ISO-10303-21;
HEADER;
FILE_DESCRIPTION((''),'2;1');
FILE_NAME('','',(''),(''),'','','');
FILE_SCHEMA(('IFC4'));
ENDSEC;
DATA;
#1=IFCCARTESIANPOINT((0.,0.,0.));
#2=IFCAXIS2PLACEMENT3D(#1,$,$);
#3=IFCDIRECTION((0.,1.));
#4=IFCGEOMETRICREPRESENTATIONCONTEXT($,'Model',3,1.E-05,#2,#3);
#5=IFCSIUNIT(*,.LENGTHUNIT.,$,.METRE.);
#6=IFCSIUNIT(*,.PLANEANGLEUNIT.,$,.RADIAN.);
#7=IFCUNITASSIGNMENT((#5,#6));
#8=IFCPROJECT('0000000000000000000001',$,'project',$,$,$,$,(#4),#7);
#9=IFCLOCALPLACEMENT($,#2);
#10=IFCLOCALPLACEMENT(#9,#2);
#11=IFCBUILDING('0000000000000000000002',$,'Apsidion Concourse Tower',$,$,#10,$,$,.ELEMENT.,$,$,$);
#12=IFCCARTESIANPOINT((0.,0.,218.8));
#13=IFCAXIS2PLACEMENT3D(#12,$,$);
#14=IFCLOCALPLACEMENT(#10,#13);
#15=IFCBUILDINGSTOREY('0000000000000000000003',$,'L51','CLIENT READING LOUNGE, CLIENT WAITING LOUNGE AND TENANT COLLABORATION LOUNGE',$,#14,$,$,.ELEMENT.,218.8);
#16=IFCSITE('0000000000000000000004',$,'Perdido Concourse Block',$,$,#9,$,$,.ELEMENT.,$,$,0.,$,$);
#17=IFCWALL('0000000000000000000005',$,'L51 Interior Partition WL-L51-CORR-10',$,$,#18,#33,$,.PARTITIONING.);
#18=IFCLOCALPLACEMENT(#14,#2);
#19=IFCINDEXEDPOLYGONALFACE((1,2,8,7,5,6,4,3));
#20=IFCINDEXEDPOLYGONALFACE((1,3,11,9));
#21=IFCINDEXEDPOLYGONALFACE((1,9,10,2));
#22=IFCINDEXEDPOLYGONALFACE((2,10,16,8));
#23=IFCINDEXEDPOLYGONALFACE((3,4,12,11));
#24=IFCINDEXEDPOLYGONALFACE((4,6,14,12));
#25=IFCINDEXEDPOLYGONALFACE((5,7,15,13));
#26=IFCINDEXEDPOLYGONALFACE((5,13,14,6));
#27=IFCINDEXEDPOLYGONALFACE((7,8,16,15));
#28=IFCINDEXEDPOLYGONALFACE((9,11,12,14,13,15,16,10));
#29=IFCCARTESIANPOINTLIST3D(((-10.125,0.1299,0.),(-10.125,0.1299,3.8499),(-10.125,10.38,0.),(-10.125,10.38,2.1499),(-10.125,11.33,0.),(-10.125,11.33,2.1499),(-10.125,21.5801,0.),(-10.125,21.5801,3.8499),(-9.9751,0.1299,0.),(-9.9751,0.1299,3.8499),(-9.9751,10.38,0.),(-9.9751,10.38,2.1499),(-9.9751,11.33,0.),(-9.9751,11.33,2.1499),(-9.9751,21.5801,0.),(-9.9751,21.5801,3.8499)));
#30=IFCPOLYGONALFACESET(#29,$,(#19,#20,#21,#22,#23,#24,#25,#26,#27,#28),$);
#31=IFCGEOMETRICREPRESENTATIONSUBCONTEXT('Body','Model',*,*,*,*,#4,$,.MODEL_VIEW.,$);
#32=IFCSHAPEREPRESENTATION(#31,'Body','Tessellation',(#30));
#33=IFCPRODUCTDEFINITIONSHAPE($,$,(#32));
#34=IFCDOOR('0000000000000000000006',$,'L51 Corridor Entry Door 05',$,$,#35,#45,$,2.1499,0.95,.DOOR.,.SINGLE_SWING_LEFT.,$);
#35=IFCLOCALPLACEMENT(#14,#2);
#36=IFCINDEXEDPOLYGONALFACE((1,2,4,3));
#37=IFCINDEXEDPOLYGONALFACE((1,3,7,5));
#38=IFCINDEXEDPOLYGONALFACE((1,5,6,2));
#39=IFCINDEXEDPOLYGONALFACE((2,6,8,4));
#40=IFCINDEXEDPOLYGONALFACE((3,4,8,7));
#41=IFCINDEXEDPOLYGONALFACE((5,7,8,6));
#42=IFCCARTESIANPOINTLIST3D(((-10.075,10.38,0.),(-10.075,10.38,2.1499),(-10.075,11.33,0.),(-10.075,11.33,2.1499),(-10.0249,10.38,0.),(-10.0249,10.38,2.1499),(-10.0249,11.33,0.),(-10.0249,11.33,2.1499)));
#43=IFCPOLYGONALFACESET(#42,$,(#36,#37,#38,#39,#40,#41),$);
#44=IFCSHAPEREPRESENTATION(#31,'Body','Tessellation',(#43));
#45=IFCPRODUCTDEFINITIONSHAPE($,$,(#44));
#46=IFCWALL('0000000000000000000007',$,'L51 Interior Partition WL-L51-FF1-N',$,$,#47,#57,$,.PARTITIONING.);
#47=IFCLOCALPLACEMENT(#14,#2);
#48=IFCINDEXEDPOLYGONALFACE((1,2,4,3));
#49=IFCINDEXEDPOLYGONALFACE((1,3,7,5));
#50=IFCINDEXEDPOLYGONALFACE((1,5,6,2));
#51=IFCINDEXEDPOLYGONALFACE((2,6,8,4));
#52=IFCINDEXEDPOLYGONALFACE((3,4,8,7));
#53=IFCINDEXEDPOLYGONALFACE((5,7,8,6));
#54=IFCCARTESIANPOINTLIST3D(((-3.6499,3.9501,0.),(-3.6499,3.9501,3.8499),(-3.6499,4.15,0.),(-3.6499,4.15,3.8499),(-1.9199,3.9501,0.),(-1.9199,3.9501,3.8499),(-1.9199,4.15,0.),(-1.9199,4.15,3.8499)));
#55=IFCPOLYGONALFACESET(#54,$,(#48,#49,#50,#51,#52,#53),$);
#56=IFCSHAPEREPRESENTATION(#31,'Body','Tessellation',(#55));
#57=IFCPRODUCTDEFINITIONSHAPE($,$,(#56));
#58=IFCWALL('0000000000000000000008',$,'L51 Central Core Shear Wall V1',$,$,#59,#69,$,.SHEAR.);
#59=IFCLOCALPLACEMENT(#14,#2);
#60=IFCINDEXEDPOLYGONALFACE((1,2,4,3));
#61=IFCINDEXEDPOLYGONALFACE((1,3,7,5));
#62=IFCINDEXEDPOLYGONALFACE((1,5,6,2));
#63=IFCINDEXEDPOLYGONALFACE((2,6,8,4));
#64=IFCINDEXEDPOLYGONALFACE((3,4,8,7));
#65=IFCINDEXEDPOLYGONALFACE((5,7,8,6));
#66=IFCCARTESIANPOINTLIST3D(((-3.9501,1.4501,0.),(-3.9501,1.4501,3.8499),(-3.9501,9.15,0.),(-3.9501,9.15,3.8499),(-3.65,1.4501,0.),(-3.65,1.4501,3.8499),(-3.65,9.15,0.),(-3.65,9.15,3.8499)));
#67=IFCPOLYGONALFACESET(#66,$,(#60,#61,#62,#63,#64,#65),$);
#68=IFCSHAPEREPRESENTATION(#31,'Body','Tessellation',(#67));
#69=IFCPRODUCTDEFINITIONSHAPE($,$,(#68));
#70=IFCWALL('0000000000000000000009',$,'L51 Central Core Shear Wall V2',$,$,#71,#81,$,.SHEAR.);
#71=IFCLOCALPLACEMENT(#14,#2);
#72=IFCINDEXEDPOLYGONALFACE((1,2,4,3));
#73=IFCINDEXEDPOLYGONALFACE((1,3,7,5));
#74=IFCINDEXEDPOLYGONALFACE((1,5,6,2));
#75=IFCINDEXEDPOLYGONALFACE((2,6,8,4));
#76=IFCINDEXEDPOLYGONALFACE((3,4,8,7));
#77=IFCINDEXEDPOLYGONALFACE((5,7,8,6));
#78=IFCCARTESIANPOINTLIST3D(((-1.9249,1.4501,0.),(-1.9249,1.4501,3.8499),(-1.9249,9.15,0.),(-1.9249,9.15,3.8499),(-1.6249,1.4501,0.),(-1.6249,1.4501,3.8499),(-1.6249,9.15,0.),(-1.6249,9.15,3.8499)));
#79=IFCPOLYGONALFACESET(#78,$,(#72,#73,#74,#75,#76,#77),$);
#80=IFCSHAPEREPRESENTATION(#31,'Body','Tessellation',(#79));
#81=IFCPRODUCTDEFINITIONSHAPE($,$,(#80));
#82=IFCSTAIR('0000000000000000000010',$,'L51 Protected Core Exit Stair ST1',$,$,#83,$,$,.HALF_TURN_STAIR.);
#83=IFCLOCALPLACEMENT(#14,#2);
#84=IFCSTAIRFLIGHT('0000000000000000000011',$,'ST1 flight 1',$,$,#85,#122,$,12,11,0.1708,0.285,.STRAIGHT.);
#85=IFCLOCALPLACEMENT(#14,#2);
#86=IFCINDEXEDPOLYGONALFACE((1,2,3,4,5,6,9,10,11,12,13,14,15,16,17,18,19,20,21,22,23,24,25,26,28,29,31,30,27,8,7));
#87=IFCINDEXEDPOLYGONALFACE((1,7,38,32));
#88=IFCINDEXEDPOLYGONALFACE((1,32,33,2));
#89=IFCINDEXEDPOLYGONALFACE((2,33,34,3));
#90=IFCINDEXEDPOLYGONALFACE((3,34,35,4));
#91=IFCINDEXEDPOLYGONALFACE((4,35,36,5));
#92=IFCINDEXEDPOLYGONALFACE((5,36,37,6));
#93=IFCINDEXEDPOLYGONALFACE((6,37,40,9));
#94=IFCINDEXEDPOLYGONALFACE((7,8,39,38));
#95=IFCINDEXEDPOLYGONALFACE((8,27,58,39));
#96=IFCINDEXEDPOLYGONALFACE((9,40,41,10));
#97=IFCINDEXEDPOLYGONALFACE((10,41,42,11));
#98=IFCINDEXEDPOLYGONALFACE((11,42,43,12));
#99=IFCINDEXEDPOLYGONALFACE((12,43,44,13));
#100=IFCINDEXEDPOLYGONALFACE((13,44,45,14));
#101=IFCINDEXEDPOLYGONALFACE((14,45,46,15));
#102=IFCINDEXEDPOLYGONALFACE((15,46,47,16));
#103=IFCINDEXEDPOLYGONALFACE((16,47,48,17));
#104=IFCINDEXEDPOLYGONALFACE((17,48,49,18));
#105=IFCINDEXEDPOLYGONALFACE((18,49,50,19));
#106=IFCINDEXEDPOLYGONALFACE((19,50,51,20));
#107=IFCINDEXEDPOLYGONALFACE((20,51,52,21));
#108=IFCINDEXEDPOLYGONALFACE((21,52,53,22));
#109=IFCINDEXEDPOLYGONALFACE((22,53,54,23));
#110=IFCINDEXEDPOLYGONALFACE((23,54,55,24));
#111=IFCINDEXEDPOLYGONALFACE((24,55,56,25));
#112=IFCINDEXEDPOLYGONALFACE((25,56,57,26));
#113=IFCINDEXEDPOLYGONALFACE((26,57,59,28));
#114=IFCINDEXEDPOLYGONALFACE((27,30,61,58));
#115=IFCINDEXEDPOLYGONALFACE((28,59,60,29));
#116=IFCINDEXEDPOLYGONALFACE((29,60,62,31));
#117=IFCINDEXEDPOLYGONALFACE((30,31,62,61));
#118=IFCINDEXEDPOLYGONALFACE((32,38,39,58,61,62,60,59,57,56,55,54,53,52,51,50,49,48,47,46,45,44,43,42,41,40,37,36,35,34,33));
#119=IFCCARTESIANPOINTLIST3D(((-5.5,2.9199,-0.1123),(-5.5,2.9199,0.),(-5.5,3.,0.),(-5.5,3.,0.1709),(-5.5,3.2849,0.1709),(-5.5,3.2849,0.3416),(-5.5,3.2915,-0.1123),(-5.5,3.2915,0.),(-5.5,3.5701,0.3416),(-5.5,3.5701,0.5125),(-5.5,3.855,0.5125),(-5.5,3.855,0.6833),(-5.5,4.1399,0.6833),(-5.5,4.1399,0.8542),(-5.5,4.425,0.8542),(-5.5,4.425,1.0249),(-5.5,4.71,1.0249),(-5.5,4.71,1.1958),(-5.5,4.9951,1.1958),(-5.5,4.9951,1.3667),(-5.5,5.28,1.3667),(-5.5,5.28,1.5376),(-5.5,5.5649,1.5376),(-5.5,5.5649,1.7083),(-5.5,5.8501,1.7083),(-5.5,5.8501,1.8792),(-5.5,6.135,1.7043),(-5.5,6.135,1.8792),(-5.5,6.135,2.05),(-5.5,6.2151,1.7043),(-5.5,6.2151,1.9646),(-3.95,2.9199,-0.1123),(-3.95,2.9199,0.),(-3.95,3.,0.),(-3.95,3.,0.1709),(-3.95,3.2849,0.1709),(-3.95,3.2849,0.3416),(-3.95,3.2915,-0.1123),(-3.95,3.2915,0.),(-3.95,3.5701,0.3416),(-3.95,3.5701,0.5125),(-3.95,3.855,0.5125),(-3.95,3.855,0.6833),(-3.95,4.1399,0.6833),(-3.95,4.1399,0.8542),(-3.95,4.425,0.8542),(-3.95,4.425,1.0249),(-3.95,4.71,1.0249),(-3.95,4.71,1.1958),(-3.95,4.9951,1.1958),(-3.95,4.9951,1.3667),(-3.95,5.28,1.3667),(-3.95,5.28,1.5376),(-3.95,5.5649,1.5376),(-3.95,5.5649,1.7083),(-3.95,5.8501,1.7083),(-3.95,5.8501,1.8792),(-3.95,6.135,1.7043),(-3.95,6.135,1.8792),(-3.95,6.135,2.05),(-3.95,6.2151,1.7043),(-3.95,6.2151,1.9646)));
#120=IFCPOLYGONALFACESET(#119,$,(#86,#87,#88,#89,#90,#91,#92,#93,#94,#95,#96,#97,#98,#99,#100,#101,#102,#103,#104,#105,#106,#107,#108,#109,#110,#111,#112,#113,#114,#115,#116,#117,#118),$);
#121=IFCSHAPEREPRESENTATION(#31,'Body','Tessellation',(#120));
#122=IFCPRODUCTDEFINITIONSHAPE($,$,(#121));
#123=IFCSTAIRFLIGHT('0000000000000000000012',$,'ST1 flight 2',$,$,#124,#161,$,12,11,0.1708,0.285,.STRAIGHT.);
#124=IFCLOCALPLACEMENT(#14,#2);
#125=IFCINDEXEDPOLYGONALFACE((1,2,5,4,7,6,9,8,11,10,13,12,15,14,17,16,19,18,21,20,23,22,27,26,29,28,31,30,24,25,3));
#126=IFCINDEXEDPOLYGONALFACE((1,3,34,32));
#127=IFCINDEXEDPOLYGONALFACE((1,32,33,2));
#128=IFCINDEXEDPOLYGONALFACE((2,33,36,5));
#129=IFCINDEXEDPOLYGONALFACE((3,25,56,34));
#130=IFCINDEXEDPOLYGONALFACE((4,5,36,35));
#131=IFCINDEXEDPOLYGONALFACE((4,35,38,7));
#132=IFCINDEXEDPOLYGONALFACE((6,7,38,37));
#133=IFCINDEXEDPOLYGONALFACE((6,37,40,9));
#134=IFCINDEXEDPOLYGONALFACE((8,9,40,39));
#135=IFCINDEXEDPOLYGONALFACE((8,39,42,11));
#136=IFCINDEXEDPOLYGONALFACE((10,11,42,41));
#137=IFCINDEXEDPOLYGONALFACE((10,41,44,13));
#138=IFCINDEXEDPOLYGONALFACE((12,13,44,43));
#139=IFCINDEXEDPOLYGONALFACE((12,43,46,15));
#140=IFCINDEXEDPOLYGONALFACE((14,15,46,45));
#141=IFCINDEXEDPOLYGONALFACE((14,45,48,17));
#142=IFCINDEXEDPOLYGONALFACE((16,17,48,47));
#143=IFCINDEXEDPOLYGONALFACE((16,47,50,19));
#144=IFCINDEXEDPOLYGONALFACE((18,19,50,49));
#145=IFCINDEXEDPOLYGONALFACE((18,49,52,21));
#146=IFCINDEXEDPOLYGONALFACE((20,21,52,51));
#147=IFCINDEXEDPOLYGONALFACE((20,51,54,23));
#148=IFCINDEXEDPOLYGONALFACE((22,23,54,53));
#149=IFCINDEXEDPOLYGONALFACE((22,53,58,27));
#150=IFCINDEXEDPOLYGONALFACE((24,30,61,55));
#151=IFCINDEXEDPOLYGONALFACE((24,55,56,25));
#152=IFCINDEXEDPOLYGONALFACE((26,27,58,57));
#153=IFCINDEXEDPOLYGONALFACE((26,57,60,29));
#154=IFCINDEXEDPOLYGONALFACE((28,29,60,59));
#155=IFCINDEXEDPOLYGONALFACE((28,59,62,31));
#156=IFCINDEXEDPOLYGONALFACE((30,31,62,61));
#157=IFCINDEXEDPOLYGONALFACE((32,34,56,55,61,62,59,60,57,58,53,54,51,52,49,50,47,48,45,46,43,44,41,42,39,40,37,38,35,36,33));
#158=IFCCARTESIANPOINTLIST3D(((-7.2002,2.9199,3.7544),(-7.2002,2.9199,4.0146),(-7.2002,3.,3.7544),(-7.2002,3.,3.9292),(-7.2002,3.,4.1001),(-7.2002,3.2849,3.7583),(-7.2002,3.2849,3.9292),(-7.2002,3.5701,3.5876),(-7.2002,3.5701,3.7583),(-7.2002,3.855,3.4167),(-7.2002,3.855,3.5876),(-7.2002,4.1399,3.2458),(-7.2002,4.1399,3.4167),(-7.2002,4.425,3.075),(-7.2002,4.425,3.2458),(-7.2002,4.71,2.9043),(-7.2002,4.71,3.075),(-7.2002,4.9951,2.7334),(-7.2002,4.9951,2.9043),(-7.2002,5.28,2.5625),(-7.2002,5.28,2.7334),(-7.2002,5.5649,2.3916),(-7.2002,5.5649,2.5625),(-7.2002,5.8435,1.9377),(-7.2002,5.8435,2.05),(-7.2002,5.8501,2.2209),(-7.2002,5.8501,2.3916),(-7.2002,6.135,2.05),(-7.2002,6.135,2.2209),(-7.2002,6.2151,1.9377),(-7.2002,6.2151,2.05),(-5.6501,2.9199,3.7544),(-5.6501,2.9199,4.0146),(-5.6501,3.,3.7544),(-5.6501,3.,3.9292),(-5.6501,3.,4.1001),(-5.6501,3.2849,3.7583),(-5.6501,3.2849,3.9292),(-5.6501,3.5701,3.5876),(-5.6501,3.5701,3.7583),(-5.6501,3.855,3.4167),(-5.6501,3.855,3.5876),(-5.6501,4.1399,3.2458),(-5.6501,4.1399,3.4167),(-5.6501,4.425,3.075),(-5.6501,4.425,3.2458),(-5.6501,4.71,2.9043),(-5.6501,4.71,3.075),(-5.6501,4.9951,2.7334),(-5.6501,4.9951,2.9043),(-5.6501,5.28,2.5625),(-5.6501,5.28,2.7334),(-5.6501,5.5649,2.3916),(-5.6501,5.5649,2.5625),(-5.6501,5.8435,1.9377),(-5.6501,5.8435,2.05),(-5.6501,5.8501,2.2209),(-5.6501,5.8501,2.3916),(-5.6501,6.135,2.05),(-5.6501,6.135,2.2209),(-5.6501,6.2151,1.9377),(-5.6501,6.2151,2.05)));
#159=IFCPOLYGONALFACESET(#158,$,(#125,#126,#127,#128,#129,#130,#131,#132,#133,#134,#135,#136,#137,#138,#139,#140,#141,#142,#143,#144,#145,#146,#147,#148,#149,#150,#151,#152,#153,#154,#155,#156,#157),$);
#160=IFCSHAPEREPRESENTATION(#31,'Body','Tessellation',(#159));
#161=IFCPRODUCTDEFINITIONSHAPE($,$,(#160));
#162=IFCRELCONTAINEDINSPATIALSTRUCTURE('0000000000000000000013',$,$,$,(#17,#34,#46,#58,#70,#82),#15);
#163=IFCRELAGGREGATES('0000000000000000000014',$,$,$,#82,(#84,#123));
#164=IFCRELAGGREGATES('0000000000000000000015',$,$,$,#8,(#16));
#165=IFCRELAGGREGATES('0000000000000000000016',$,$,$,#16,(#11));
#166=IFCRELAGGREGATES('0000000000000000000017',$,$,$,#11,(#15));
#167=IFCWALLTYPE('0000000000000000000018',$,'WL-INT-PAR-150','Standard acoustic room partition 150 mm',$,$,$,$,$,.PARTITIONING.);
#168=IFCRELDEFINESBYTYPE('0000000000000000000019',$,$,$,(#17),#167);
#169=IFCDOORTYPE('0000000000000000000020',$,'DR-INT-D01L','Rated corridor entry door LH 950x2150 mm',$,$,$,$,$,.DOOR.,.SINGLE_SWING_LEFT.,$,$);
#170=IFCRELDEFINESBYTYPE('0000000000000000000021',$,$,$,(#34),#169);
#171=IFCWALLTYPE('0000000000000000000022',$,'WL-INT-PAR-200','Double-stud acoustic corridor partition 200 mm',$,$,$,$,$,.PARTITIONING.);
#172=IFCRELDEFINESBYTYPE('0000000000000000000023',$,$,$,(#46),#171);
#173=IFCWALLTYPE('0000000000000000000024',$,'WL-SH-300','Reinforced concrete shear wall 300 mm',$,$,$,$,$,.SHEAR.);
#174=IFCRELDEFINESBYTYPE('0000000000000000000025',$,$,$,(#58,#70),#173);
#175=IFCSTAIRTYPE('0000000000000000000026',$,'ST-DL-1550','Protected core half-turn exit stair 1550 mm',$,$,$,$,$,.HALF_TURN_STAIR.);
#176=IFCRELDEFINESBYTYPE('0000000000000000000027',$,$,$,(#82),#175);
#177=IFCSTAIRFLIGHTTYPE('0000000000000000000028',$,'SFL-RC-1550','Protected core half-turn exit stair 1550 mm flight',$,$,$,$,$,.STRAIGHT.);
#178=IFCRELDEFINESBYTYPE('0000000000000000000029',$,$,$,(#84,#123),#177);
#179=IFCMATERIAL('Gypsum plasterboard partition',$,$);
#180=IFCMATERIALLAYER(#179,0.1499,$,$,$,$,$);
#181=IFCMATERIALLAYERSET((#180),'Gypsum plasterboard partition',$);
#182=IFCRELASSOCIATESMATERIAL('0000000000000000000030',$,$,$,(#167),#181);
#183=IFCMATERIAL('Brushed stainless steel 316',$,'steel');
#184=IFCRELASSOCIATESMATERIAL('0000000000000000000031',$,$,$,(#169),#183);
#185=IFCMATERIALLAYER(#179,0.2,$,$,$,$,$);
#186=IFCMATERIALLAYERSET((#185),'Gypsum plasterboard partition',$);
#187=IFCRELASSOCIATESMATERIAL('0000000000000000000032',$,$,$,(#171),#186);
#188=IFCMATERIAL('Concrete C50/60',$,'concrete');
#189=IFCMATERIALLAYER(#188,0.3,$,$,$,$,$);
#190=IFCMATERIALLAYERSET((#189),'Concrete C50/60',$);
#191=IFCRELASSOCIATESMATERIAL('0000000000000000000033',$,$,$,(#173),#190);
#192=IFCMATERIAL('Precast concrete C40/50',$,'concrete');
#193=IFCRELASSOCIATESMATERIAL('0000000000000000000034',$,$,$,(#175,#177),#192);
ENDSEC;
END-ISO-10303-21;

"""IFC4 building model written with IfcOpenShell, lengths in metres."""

from ifc_helpers import new_model, si_unit, direction, frame, frame_2d, origin, place, context, subcontext, project, spatial, polyline, rectangle, outline, extrude, material, layer, layer_set, type_object, element, fill, aggregate, save


model = new_model("IFC4")

# Units and contexts
model_context = context("Model", 3, precision=1e-05, world=origin(), true_north=direction((0.0, 1.0)))
body_context = subcontext(model_context, "Body", "Model", "MODEL_VIEW")
ifc_project = project(units=[si_unit("LENGTHUNIT", "METRE"), si_unit("PLANEANGLEUNIT", "RADIAN")], contexts=[model_context])

# Site, building, storey
site_placement = place(None, origin())
site = spatial("IfcSite", under=ifc_project, at=site_placement, Name="Perdido Concourse Block", CompositionType="ELEMENT", RefElevation=0.0)
building_placement = place(site_placement, origin())
building = spatial("IfcBuilding", under=site, at=building_placement, Name="Apsidion Concourse Tower", CompositionType="ELEMENT")
storey_placement = place(building_placement, frame((0.0, 0.0, 218.8)))
storey = spatial("IfcBuildingStorey", under=building, at=storey_placement, Name="L51", Description="CLIENT READING LOUNGE, CLIENT WAITING LOUNGE AND TENANT COLLABORATION LOUNGE", CompositionType="ELEMENT", Elevation=218.8)

# Shared definitions
ifc_material_1 = material(Name="Concrete C50/60", Category="concrete")

# Shared definitions
ifc_material_2 = material(Name="Gypsum plasterboard partition")
ifc_layer_1 = layer(ifc_material_2, 0.1499)
ifc_layer_set_1 = layer_set([ifc_layer_1], Name="Gypsum plasterboard partition")
wall_type_1 = type_object("IfcWallType", Name="WL-INT-PAR-150", Description="Standard acoustic room partition 150 mm", PredefinedType="PARTITIONING", material=ifc_layer_set_1)

# Wall, opening, door
wall_1_placement = place(storey_placement, frame((-10.05, 0.1299, 0.0), z_axis=(0.0, 0.0, 1.0), x_axis=(0.0, 1.0, 0.0)))
wall_1 = element("IfcWall", 1, at=wall_1_placement, inside=storey, type_object=wall_type_1, Name="L51 Interior Partition WL-L51-CORR-10", PredefinedType="PARTITIONING", context=body_context, shape_type="SweptSolid", body=[
    extrude(rectangle(XDim=21.4502, YDim=0.1499, at=frame_2d((10.7251, 0.0))), origin(), (0.0, 0.0, 1.0), 3.8499),
])
opening_1_placement = place(wall_1_placement, frame((10.25, 0.0, 0.0)))
opening_1 = element("IfcOpeningElement", 2, at=opening_1_placement, cuts=wall_1, PredefinedType="OPENING", context=body_context, shape_type="SweptSolid", body=[
    extrude(rectangle(XDim=0.95, YDim=2.1499, at=frame_2d((0.4751, 1.075))), frame((0.0, 0.085, 0.0), z_axis=(0.0, -1.0, 0.0), x_axis=(1.0, 0.0, 0.0)), (0.0, 0.0, 1.0), 0.1699),
])
ifc_material_3 = material(Name="Brushed stainless steel 316", Category="steel")
door_type_1 = type_object("IfcDoorType", Name="DR-INT-D01L", Description="Rated corridor entry door LH 950x2150 mm", OperationType="SINGLE_SWING_LEFT", PredefinedType="DOOR", material=ifc_material_3)
door_1_placement = place(opening_1_placement, origin())
door_1 = element("IfcDoor", 3, at=door_1_placement, inside=storey, type_object=door_type_1, Name="L51 Corridor Entry Door 05", OperationType="SINGLE_SWING_LEFT", OverallHeight=2.1499, OverallWidth=0.95, PredefinedType="DOOR", context=body_context, shape_type="SweptSolid", body=[
    extrude(rectangle(XDim=0.95, YDim=2.1499, at=frame_2d((0.4751, 1.075))), frame((0.0, 0.0249, 0.0), z_axis=(0.0, -1.0, 0.0), x_axis=(1.0, 0.0, 0.0)), (0.0, 0.0, 1.0), 0.05),
])
fill(opening_1, door_1)

# Walls
ifc_layer_2 = layer(ifc_material_2, 0.2)
ifc_layer_set_2 = layer_set([ifc_layer_2], Name="Gypsum plasterboard partition")
wall_type_2 = type_object("IfcWallType", Name="WL-INT-PAR-200", Description="Double-stud acoustic corridor partition 200 mm", PredefinedType="PARTITIONING", material=ifc_layer_set_2)
wall_2_placement = place(storey_placement, frame((-3.6499, 4.05, 0.0), z_axis=(0.0, 0.0, 1.0), x_axis=(1.0, 0.0, 0.0)))
element("IfcWall", 4, at=wall_2_placement, inside=storey, type_object=wall_type_2, Name="L51 Interior Partition WL-L51-FF1-N", PredefinedType="PARTITIONING", context=body_context, shape_type="SweptSolid", body=[
    extrude(rectangle(XDim=1.73, YDim=0.2, at=frame_2d((0.865, 0.0))), origin(), (0.0, 0.0, 1.0), 3.8499),
])
ifc_layer_3 = layer(ifc_material_1, 0.3)
ifc_layer_set_3 = layer_set([ifc_layer_3], Name="Concrete C50/60")
wall_type_3 = type_object("IfcWallType", Name="WL-SH-300", Description="Reinforced concrete shear wall 300 mm", PredefinedType="SHEAR", material=ifc_layer_set_3)
for number, where, z_axis, x_axis, name in (
    (5, (-3.8, 1.45, 0.0), (0.0, 0.0, 1.0), (0.0, 1.0, 0.0), "L51 Central Core Shear Wall V1"),
    (6, (-1.7749, 1.45, 0.0), (0.0, 0.0, 1.0), (0.0, 1.0, 0.0), "L51 Central Core Shear Wall V2"),
):
    element("IfcWall", number, at=place(storey_placement, frame(where, z_axis=z_axis, x_axis=x_axis)), inside=storey, type_object=wall_type_3, Name=name, PredefinedType="SHEAR", context=body_context, shape_type="SweptSolid", body=[
        extrude(rectangle(XDim=7.7, YDim=0.3, at=frame_2d((3.8501, 0.0))), origin(), (0.0, 0.0, 1.0), 3.8499),
    ])

# Stair, stair flights
ifc_material_4 = material(Name="Precast concrete C40/50", Category="concrete")
stair_type = type_object("IfcStairType", Name="ST-DL-1550", Description="Protected core half-turn exit stair 1550 mm", PredefinedType="HALF_TURN_STAIR", material=ifc_material_4)
stair_placement = place(storey_placement, origin())
stair = element("IfcStair", 7, at=stair_placement, inside=storey, type_object=stair_type, Name="L51 Protected Core Exit Stair ST1", PredefinedType="HALF_TURN_STAIR")
stair_flight_type = type_object("IfcStairFlightType", Name="SFL-RC-1550", Description="Protected core half-turn exit stair 1550 mm flight", PredefinedType="STRAIGHT", material=ifc_material_4)
stair_flight_1_placement = place(storey_placement, frame((-4.7251, 3.0, 0.0), z_axis=(0.0, 0.0, 1.0), x_axis=(0.0, 1.0, 0.0)))
stair_flight_1 = element("IfcStairFlight", 8, at=stair_flight_1_placement, type_object=stair_flight_type, Name="ST1 flight 1", NumberOfRisers=12, NumberOfTreads=11, PredefinedType="STRAIGHT", RiserHeight=0.1708, TreadLength=0.285, context=body_context, shape_type="SweptSolid", body=[
    extrude(outline(polyline([(-0.0801, -0.1123), (-0.0801, 0.0), (0.0, 0.0), (0.0, 0.1709), (0.2849, 0.1709), (0.2849, 0.3416), (0.5701, 0.3416), (0.5701, 0.5125), (0.855, 0.5125), (0.855, 0.6833), (1.1399, 0.6833), (1.1399, 0.8542), (1.425, 0.8542), (1.425, 1.0249), (1.71, 1.0249), (1.71, 1.1958), (1.9951, 1.1958), (1.9951, 1.3667), (2.28, 1.3667), (2.28, 1.5376), (2.5649, 1.5376), (2.5649, 1.7083), (2.8501, 1.7083), (2.8501, 1.8792), (3.135, 1.8792), (3.135, 2.05), (3.2151, 1.9646), (3.2151, 1.7043), (3.135, 1.7043), (0.2915, 0.0), (0.2915, -0.1123), (-0.0801, -0.1123)])), frame((0.0, 0.7749, 0.0), z_axis=(0.0, -1.0, 0.0), x_axis=(1.0, 0.0, 0.0)), (0.0, 0.0, 1.0), 1.55),
])
stair_flight_2_placement = place(storey_placement, frame((-6.425, 6.135, 2.05), z_axis=(0.0, 0.0, 1.0), x_axis=(0.0, -1.0, 0.0)))
stair_flight_2 = element("IfcStairFlight", 9, at=stair_flight_2_placement, type_object=stair_flight_type, Name="ST1 flight 2", NumberOfRisers=12, NumberOfTreads=11, PredefinedType="STRAIGHT", RiserHeight=0.1708, TreadLength=0.285, context=body_context, shape_type="SweptSolid", body=[
    extrude(outline(polyline([(-0.0801, -0.1123), (-0.0801, 0.0), (0.0, 0.0), (0.0, 0.1709), (0.2849, 0.1709), (0.2849, 0.3416), (0.5701, 0.3416), (0.5701, 0.5125), (0.855, 0.5125), (0.855, 0.6833), (1.1399, 0.6833), (1.1399, 0.8542), (1.425, 0.8542), (1.425, 1.0249), (1.71, 1.0249), (1.71, 1.1958), (1.9951, 1.1958), (1.9951, 1.3667), (2.28, 1.3667), (2.28, 1.5376), (2.5649, 1.5376), (2.5649, 1.7083), (2.8501, 1.7083), (2.8501, 1.8792), (3.135, 1.8792), (3.135, 2.05), (3.2151, 1.9646), (3.2151, 1.7043), (3.135, 1.7043), (0.2915, 0.0), (0.2915, -0.1123), (-0.0801, -0.1123)])), frame((0.0, 0.7749, 0.0), z_axis=(0.0, -1.0, 0.0), x_axis=(1.0, 0.0, 0.0)), (0.0, 0.0, 1.0), 1.55),
])
aggregate(stair, [stair_flight_1, stair_flight_2])

save(model, "model.ifc")
